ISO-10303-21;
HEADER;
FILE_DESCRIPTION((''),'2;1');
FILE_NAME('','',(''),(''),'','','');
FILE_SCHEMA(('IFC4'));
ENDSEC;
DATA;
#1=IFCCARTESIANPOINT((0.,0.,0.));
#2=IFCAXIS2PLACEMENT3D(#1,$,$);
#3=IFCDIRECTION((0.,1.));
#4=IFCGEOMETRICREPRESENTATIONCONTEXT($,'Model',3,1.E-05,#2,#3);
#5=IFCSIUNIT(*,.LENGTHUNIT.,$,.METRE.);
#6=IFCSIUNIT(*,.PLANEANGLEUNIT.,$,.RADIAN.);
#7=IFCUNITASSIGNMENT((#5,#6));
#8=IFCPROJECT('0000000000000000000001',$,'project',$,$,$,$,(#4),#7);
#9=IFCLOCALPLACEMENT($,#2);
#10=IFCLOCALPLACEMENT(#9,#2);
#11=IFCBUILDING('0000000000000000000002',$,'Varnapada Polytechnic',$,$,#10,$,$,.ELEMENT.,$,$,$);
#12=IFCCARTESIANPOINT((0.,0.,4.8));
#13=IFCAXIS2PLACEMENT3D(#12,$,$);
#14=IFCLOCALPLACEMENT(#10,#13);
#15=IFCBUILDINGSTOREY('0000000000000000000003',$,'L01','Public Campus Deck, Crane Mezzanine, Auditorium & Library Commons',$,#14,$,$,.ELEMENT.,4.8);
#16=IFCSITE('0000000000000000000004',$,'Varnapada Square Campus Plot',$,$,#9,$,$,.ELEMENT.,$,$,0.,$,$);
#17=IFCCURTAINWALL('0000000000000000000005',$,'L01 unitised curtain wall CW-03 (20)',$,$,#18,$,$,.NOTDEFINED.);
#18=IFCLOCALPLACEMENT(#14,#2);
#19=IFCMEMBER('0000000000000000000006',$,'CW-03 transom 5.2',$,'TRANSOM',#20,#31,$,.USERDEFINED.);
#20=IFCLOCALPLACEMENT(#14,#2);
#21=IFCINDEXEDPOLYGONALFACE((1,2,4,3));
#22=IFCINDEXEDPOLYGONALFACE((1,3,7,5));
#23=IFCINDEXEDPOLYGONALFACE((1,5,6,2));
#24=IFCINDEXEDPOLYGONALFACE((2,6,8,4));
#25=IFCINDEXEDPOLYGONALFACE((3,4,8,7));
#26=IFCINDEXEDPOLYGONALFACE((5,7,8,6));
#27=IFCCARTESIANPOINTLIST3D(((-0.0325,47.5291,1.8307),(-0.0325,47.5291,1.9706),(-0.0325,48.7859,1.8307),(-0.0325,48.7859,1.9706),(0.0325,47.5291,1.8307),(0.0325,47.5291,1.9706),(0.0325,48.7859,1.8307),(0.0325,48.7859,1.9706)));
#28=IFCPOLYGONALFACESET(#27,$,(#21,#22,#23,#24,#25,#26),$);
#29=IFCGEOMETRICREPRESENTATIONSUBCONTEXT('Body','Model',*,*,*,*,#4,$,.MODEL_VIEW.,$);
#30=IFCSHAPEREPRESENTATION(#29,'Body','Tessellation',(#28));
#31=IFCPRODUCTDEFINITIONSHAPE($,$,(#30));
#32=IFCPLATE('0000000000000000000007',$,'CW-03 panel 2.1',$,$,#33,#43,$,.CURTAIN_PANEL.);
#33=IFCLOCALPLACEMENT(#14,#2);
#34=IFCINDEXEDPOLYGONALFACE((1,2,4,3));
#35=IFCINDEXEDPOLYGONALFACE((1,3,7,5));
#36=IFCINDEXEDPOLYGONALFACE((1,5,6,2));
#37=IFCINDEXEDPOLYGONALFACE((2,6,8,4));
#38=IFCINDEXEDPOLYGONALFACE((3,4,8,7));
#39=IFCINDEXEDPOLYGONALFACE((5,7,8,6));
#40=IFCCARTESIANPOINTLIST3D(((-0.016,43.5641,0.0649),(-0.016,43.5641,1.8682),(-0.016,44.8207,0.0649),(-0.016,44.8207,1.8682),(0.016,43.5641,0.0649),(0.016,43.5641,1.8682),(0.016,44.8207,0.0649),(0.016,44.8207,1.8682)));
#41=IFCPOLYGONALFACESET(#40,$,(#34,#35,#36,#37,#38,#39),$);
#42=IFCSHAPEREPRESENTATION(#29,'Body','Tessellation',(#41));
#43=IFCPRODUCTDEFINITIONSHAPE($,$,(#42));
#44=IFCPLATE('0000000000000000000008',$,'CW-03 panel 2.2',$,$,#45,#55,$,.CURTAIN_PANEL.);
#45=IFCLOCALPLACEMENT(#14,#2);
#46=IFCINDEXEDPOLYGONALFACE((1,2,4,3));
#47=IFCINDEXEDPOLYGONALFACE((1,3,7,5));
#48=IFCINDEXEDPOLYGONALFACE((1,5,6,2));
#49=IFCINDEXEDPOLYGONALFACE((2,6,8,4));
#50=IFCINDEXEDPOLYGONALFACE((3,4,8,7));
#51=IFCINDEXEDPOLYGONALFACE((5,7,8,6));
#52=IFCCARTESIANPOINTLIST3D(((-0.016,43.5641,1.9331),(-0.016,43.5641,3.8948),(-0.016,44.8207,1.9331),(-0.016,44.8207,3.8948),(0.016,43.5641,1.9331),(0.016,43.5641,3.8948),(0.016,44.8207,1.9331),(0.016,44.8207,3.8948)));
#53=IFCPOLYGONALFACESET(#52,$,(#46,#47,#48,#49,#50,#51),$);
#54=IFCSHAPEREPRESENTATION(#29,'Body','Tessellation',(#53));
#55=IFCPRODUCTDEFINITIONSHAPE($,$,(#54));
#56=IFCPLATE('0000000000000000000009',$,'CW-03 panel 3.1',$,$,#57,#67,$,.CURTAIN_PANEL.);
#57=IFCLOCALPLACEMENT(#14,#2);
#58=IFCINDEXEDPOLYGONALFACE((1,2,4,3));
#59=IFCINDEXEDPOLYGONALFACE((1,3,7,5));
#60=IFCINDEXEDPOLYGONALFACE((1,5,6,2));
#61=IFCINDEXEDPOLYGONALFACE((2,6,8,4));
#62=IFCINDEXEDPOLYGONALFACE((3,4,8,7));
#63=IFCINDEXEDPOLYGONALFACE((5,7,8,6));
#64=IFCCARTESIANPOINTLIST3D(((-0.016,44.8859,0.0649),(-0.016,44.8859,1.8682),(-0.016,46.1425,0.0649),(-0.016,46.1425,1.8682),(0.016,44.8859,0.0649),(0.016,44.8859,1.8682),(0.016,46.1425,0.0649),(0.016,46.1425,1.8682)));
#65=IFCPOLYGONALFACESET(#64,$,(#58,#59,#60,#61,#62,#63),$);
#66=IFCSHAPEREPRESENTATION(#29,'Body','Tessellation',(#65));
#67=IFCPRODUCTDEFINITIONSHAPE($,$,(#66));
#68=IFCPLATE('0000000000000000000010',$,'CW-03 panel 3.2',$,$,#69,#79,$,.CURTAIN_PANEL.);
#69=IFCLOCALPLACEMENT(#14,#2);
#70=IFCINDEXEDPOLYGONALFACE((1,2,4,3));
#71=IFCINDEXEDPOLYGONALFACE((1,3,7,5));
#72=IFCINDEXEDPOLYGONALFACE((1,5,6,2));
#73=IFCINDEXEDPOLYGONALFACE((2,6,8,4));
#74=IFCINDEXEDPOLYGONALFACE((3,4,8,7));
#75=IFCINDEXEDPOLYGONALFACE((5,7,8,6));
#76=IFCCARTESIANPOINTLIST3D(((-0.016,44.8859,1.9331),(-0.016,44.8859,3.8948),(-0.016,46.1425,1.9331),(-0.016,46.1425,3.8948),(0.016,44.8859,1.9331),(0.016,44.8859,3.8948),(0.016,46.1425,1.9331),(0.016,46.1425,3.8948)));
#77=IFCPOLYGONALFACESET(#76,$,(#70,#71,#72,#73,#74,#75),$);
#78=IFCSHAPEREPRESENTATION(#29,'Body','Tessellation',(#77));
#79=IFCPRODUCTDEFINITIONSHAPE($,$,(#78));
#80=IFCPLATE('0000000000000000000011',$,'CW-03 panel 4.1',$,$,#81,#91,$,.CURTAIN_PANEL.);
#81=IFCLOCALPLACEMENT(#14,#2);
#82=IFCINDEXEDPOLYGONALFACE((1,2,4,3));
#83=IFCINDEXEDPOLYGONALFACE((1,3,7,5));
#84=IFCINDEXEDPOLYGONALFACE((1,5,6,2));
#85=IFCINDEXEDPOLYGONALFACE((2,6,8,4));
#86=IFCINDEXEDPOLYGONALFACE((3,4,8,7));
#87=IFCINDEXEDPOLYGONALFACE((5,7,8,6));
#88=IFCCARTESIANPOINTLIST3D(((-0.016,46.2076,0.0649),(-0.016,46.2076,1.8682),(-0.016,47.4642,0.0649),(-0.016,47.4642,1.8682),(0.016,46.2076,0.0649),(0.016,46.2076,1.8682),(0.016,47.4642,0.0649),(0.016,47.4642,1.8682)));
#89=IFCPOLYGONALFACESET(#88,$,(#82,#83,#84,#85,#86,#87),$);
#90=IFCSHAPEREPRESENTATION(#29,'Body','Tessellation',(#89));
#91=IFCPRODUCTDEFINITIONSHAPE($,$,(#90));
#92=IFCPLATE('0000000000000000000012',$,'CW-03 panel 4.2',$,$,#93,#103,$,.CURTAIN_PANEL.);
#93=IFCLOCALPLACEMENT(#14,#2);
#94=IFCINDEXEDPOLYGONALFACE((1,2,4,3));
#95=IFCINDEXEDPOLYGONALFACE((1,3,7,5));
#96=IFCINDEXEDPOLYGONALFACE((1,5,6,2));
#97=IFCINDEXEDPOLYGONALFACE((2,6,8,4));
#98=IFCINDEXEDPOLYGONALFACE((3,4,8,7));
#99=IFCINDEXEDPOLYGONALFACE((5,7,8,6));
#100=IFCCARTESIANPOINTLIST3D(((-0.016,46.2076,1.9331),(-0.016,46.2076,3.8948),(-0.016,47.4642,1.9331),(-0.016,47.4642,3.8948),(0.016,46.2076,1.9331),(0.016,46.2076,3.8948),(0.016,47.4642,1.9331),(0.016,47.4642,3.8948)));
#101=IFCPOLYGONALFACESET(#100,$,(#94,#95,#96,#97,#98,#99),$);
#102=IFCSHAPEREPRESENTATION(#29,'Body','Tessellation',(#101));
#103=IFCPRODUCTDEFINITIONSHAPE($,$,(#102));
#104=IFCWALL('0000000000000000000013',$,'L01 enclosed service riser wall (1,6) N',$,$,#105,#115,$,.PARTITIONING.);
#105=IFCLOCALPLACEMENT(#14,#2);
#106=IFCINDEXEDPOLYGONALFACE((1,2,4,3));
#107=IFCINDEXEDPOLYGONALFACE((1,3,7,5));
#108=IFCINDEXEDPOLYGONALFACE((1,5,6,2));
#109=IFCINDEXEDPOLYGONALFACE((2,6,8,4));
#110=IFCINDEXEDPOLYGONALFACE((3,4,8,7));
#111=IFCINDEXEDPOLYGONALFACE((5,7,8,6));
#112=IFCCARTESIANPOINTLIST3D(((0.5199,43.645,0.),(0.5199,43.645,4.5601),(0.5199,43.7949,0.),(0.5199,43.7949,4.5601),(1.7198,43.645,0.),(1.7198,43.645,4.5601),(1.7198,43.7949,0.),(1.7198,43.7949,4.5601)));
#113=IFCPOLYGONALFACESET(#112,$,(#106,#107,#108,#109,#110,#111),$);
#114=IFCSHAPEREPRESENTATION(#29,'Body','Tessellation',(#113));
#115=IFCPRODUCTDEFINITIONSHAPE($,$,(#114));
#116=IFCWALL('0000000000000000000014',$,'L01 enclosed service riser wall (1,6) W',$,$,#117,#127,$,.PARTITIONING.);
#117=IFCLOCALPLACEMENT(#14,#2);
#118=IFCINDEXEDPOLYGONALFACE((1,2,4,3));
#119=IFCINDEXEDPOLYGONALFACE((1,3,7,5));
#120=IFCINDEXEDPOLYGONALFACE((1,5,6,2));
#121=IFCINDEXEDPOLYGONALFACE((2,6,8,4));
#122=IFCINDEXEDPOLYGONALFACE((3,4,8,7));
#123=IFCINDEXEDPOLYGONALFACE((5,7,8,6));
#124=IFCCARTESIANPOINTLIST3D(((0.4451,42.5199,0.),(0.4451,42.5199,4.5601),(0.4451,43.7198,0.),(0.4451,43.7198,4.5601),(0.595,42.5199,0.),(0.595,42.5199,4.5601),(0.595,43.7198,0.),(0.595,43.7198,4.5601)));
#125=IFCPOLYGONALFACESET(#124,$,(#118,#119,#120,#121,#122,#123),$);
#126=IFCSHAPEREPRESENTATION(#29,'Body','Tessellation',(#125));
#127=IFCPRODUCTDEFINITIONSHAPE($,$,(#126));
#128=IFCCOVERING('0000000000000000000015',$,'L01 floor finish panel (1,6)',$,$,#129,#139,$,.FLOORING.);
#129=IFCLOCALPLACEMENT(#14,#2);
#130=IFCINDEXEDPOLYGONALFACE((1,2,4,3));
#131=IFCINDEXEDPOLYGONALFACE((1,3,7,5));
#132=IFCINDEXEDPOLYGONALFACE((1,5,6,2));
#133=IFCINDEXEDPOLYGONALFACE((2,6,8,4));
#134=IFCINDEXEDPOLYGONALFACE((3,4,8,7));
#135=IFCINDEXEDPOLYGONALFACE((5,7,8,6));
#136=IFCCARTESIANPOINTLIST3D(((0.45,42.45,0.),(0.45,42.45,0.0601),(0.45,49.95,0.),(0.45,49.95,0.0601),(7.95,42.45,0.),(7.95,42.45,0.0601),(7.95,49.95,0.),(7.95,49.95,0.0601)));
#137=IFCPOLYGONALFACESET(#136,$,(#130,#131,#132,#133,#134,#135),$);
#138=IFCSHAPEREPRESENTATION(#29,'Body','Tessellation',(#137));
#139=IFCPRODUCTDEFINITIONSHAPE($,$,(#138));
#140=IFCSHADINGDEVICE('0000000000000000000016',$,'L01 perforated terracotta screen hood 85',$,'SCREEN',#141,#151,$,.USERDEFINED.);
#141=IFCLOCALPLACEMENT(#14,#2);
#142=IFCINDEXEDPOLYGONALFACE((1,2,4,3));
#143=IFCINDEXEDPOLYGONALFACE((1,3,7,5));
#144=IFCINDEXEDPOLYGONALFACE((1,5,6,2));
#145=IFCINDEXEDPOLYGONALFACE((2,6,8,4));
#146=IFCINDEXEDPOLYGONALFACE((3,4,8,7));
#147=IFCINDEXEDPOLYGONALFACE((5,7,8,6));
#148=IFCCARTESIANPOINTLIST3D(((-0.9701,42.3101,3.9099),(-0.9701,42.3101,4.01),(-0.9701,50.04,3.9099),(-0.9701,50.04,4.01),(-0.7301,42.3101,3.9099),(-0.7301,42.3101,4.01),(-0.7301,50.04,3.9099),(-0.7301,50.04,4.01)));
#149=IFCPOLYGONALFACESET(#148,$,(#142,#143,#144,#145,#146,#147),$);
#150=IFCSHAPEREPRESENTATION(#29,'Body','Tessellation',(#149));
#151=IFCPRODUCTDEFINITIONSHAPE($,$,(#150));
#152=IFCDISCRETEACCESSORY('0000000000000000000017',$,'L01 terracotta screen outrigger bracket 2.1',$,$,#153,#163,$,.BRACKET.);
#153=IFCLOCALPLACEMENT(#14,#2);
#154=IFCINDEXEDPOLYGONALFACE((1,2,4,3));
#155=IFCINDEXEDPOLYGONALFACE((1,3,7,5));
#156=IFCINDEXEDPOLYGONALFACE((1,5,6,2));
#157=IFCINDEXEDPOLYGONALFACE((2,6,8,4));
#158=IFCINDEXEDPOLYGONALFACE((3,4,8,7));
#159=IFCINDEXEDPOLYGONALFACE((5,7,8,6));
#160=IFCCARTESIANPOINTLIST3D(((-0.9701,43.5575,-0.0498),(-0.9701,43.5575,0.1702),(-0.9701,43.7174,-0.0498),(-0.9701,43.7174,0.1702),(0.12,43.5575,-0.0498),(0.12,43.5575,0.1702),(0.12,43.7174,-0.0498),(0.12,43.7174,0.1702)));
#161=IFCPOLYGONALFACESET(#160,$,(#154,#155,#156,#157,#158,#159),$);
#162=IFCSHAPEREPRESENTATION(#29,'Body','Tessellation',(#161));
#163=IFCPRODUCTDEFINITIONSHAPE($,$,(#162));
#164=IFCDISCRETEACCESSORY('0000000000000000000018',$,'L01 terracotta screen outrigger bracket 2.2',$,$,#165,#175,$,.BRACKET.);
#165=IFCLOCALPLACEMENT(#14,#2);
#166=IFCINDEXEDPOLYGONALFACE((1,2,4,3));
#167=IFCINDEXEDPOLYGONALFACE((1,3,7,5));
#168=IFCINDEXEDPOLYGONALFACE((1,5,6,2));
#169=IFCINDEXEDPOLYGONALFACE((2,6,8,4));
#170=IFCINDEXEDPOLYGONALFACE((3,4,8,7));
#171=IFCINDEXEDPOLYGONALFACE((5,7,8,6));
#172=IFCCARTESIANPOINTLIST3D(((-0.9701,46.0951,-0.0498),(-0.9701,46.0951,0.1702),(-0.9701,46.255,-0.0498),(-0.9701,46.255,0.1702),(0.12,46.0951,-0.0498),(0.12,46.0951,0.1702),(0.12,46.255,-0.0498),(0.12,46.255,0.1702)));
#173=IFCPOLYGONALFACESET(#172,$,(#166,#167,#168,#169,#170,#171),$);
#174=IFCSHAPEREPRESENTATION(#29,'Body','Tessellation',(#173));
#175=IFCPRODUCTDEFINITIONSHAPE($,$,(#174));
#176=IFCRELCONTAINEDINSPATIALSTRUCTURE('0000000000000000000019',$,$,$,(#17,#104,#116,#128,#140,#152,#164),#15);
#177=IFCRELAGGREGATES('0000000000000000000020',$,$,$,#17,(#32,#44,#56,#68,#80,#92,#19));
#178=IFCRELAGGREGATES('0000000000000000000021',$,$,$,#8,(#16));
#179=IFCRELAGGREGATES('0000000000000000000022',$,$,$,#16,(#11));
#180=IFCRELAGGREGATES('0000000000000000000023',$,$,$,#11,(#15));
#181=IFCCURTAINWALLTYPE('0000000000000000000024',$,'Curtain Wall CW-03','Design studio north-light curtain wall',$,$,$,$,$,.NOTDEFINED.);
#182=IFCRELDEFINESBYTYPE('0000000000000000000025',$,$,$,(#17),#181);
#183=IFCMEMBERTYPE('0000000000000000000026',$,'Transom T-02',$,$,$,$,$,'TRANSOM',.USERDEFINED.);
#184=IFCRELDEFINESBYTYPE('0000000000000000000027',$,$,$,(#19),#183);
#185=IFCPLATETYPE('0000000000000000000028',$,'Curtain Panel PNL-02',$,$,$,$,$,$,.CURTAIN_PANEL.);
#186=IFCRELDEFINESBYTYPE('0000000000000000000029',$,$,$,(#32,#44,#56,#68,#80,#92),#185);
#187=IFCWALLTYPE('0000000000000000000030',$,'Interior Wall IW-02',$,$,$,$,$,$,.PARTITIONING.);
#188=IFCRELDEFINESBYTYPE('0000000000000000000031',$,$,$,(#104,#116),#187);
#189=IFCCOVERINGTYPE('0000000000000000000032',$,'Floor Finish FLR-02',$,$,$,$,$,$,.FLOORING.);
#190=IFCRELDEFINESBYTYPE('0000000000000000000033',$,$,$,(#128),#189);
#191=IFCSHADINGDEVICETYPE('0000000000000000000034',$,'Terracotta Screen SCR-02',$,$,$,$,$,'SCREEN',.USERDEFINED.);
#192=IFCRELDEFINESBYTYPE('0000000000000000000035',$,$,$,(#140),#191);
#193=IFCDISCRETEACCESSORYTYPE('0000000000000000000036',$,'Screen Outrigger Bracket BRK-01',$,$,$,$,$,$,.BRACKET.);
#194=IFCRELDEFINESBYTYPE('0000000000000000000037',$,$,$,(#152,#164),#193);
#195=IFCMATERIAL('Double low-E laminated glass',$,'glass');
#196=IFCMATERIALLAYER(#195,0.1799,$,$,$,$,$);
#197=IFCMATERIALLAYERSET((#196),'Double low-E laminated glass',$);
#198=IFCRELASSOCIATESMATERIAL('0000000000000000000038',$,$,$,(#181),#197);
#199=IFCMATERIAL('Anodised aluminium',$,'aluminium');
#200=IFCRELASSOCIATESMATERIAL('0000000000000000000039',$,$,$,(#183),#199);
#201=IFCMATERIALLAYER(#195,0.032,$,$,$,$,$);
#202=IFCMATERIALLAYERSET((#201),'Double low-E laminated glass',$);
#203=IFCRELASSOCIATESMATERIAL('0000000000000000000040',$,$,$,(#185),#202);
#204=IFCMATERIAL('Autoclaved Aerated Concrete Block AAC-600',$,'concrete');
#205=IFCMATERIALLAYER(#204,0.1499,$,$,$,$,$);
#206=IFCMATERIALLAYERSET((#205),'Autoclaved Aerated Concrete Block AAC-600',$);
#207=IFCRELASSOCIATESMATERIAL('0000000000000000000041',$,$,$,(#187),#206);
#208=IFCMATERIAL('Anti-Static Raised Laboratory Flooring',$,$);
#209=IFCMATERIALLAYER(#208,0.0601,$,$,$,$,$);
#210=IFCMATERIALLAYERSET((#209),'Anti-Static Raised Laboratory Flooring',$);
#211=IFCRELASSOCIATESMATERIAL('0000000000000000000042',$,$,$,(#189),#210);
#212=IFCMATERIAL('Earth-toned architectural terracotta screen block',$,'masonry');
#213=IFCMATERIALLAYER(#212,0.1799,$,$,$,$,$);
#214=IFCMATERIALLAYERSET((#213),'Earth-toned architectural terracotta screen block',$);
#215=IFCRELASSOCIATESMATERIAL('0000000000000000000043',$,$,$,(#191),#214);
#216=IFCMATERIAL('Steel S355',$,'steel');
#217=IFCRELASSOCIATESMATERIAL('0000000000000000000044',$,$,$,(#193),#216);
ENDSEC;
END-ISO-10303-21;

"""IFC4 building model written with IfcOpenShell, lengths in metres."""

from ifc_helpers import new_model, si_unit, direction, frame, frame_2d, origin, origin_2d, place, context, subcontext, project, spatial, rectangle, extrude, material, layer, layer_set, material_profile, profile_set, type_object, element, aggregate, save


model = new_model("IFC4")

# Units and contexts
model_context = context("Model", 3, precision=1e-05, world=origin(), true_north=direction((0.0, 1.0)))
body_context = subcontext(model_context, "Body", "Model", "MODEL_VIEW")
ifc_project = project(units=[si_unit("LENGTHUNIT", "METRE"), si_unit("PLANEANGLEUNIT", "RADIAN")], contexts=[model_context])

# Site, building, storey
site_placement = place(None, origin())
site = spatial("IfcSite", under=ifc_project, at=site_placement, Name="Varnapada Square Campus Plot", CompositionType="ELEMENT", RefElevation=0.0)
building_placement = place(site_placement, origin())
building = spatial("IfcBuilding", under=site, at=building_placement, Name="Varnapada Polytechnic", CompositionType="ELEMENT")
storey_placement = place(building_placement, frame((0.0, 0.0, 4.8)))
storey = spatial("IfcBuildingStorey", under=building, at=storey_placement, Name="L01", Description="Public Campus Deck, Crane Mezzanine, Auditorium & Library Commons", CompositionType="ELEMENT", Elevation=4.8)

# Curtain wall, member, plates
ifc_material_1 = material(Name="Double low-E laminated glass", Category="glass")
ifc_layer_1 = layer(ifc_material_1, 0.1799)
ifc_layer_set_1 = layer_set([ifc_layer_1], Name="Double low-E laminated glass")
curtain_wall_type = type_object("IfcCurtainWallType", Name="Curtain Wall CW-03", Description="Design studio north-light curtain wall", PredefinedType="NOTDEFINED", material=ifc_layer_set_1)
curtain_wall_placement = place(storey_placement, origin())
curtain_wall = element("IfcCurtainWall", 1, at=curtain_wall_placement, inside=storey, type_object=curtain_wall_type, Name="L01 unitised curtain wall CW-03 (20)", PredefinedType="NOTDEFINED")
ifc_material_2 = material(Name="Anodised aluminium", Category="aluminium")
ifc_material_profile_1 = material_profile(ifc_material_2, rectangle(XDim=0.0649, YDim=0.1399, at=origin_2d()), Name="ALU T65x140")
ifc_profile_set_1 = profile_set([ifc_material_profile_1], Name="Anodised aluminium")
member_type_1 = type_object("IfcMemberType", Name="Transom T-02", ElementType="TRANSOM", PredefinedType="USERDEFINED", material=ifc_profile_set_1)
member_1_placement = place(storey_placement, frame((0.0, 47.5291, 1.9006), z_axis=(0.0, 1.0, 0.0), x_axis=(-1.0, 0.0, 0.0)))
member_1 = element("IfcMember", 2, at=member_1_placement, type_object=member_type_1, Name="CW-03 transom 5.2", ObjectType="TRANSOM", PredefinedType="USERDEFINED", context=body_context, shape_type="SweptSolid", body=[
    extrude(rectangle(XDim=0.0649, YDim=0.1399, at=origin_2d()), origin(), (0.0, 0.0, 1.0), 1.2568),
])
ifc_layer_2 = layer(ifc_material_1, 0.032)
ifc_layer_set_2 = layer_set([ifc_layer_2], Name="Double low-E laminated glass")
plate_type = type_object("IfcPlateType", Name="Curtain Panel PNL-02", PredefinedType="CURTAIN_PANEL", material=ifc_layer_set_2)
plate_1_placement = place(storey_placement, frame((0.0, 44.1924, 0.0649), z_axis=(0.0, 0.0, 1.0), x_axis=(0.0, 1.0, 0.0)))
plate_1 = element("IfcPlate", 3, at=plate_1_placement, type_object=plate_type, Name="CW-03 panel 2.1", PredefinedType="CURTAIN_PANEL", context=body_context, shape_type="SweptSolid", body=[
    extrude(rectangle(XDim=1.2566, YDim=0.032, at=origin_2d()), origin(), (0.0, 0.0, 1.0), 1.8032),
])
plate_2_placement = place(storey_placement, frame((0.0, 44.1924, 1.9331), z_axis=(0.0, 0.0, 1.0), x_axis=(0.0, 1.0, 0.0)))
plate_2 = element("IfcPlate", 4, at=plate_2_placement, type_object=plate_type, Name="CW-03 panel 2.2", PredefinedType="CURTAIN_PANEL", context=body_context, shape_type="SweptSolid", body=[
    extrude(rectangle(XDim=1.2566, YDim=0.032, at=origin_2d()), origin(), (0.0, 0.0, 1.0), 1.9617),
])
plate_3_placement = place(storey_placement, frame((0.0, 45.5142, 0.0649), z_axis=(0.0, 0.0, 1.0), x_axis=(0.0, 1.0, 0.0)))
plate_3 = element("IfcPlate", 5, at=plate_3_placement, type_object=plate_type, Name="CW-03 panel 3.1", PredefinedType="CURTAIN_PANEL", context=body_context, shape_type="SweptSolid", body=[
    extrude(rectangle(XDim=1.2566, YDim=0.032, at=origin_2d()), origin(), (0.0, 0.0, 1.0), 1.8032),
])
plate_4_placement = place(storey_placement, frame((0.0, 45.5142, 1.9331), z_axis=(0.0, 0.0, 1.0), x_axis=(0.0, 1.0, 0.0)))
plate_4 = element("IfcPlate", 6, at=plate_4_placement, type_object=plate_type, Name="CW-03 panel 3.2", PredefinedType="CURTAIN_PANEL", context=body_context, shape_type="SweptSolid", body=[
    extrude(rectangle(XDim=1.2566, YDim=0.032, at=origin_2d()), origin(), (0.0, 0.0, 1.0), 1.9617),
])
plate_5_placement = place(storey_placement, frame((0.0, 46.8359, 0.0649), z_axis=(0.0, 0.0, 1.0), x_axis=(0.0, 1.0, 0.0)))
plate_5 = element("IfcPlate", 7, at=plate_5_placement, type_object=plate_type, Name="CW-03 panel 4.1", PredefinedType="CURTAIN_PANEL", context=body_context, shape_type="SweptSolid", body=[
    extrude(rectangle(XDim=1.2566, YDim=0.032, at=origin_2d()), origin(), (0.0, 0.0, 1.0), 1.8032),
])
plate_6_placement = place(storey_placement, frame((0.0, 46.8359, 1.9331), z_axis=(0.0, 0.0, 1.0), x_axis=(0.0, 1.0, 0.0)))
plate_6 = element("IfcPlate", 8, at=plate_6_placement, type_object=plate_type, Name="CW-03 panel 4.2", PredefinedType="CURTAIN_PANEL", context=body_context, shape_type="SweptSolid", body=[
    extrude(rectangle(XDim=1.2566, YDim=0.032, at=origin_2d()), origin(), (0.0, 0.0, 1.0), 1.9617),
])
aggregate(curtain_wall, [plate_1, plate_2, plate_3, plate_4, plate_5, plate_6, member_1])

# Walls
ifc_material_3 = material(Name="Autoclaved Aerated Concrete Block AAC-600", Category="concrete")
ifc_layer_3 = layer(ifc_material_3, 0.1499)
ifc_layer_set_3 = layer_set([ifc_layer_3], Name="Autoclaved Aerated Concrete Block AAC-600")
wall_type = type_object("IfcWallType", Name="Interior Wall IW-02", PredefinedType="PARTITIONING", material=ifc_layer_set_3)
for number, where, z_axis, x_axis, name in (
    (9, (1.72, 43.72, 0.0), (0.0, 0.0, 1.0), (-1.0, 0.0, 0.0), "L01 enclosed service riser wall (1,6) N"),
    (10, (0.52, 43.72, 0.0), (0.0, 0.0, 1.0), (0.0, -1.0, 0.0), "L01 enclosed service riser wall (1,6) W"),
):
    element("IfcWall", number, at=place(storey_placement, frame(where, z_axis=z_axis, x_axis=x_axis)), inside=storey, type_object=wall_type, Name=name, PredefinedType="PARTITIONING", context=body_context, shape_type="SweptSolid", body=[
        extrude(rectangle(XDim=1.2, YDim=0.1499, at=frame_2d((0.6001, 0.0))), origin(), (0.0, 0.0, 1.0), 4.5601),
    ])

# Covering
ifc_material_4 = material(Name="Anti-Static Raised Laboratory Flooring")
ifc_layer_4 = layer(ifc_material_4, 0.0601)
ifc_layer_set_4 = layer_set([ifc_layer_4], Name="Anti-Static Raised Laboratory Flooring")
covering_type = type_object("IfcCoveringType", Name="Floor Finish FLR-02", PredefinedType="FLOORING", material=ifc_layer_set_4)
covering_placement = place(storey_placement, frame((4.2, 46.2, 0.0), z_axis=(0.0, 0.0, 1.0), x_axis=(1.0, 0.0, 0.0)))
element("IfcCovering", 11, at=covering_placement, inside=storey, type_object=covering_type, Name="L01 floor finish panel (1,6)", PredefinedType="FLOORING", context=body_context, shape_type="SweptSolid", body=[
    extrude(rectangle(XDim=7.5, YDim=7.5, at=origin_2d()), origin(), (0.0, 0.0, 1.0), 0.0601),
])

# Shading device
ifc_material_5 = material(Name="Earth-toned architectural terracotta screen block", Category="masonry")
ifc_layer_5 = layer(ifc_material_5, 0.1799)
ifc_layer_set_5 = layer_set([ifc_layer_5], Name="Earth-toned architectural terracotta screen block")
shading_device_type = type_object("IfcShadingDeviceType", Name="Terracotta Screen SCR-02", ElementType="SCREEN", PredefinedType="USERDEFINED", material=ifc_layer_set_5)
shading_device_placement = place(storey_placement, frame((-0.8501, 46.175, 3.9099), z_axis=(0.0, 0.0, 1.0), x_axis=(0.0, 1.0, 0.0)))
element("IfcShadingDevice", 12, at=shading_device_placement, inside=storey, type_object=shading_device_type, Name="L01 perforated terracotta screen hood 85", ObjectType="SCREEN", PredefinedType="USERDEFINED", context=body_context, shape_type="SweptSolid", body=[
    extrude(rectangle(XDim=7.73, YDim=0.24, at=origin_2d()), origin(), (0.0, 0.0, 1.0), 0.1001),
])

# Discrete accessories
ifc_material_6 = material(Name="Steel S355", Category="steel")
discrete_accessory_type = type_object("IfcDiscreteAccessoryType", Name="Screen Outrigger Bracket BRK-01", PredefinedType="BRACKET", material=ifc_material_6)
for number, where, z_axis, x_axis, name in (
    (13, (-0.425, 43.6375, -0.0498), (0.0, 0.0, 1.0), (0.0, 1.0, 0.0), "L01 terracotta screen outrigger bracket 2.1"),
    (14, (-0.425, 46.175, -0.0498), (0.0, 0.0, 1.0), (0.0, 1.0, 0.0), "L01 terracotta screen outrigger bracket 2.2"),
):
    element("IfcDiscreteAccessory", number, at=place(storey_placement, frame(where, z_axis=z_axis, x_axis=x_axis)), inside=storey, type_object=discrete_accessory_type, Name=name, PredefinedType="BRACKET", context=body_context, shape_type="SweptSolid", body=[
        extrude(rectangle(XDim=0.1599, YDim=1.0901, at=origin_2d()), origin(), (0.0, 0.0, 1.0), 0.22),
    ])

save(model, "model.ifc")
